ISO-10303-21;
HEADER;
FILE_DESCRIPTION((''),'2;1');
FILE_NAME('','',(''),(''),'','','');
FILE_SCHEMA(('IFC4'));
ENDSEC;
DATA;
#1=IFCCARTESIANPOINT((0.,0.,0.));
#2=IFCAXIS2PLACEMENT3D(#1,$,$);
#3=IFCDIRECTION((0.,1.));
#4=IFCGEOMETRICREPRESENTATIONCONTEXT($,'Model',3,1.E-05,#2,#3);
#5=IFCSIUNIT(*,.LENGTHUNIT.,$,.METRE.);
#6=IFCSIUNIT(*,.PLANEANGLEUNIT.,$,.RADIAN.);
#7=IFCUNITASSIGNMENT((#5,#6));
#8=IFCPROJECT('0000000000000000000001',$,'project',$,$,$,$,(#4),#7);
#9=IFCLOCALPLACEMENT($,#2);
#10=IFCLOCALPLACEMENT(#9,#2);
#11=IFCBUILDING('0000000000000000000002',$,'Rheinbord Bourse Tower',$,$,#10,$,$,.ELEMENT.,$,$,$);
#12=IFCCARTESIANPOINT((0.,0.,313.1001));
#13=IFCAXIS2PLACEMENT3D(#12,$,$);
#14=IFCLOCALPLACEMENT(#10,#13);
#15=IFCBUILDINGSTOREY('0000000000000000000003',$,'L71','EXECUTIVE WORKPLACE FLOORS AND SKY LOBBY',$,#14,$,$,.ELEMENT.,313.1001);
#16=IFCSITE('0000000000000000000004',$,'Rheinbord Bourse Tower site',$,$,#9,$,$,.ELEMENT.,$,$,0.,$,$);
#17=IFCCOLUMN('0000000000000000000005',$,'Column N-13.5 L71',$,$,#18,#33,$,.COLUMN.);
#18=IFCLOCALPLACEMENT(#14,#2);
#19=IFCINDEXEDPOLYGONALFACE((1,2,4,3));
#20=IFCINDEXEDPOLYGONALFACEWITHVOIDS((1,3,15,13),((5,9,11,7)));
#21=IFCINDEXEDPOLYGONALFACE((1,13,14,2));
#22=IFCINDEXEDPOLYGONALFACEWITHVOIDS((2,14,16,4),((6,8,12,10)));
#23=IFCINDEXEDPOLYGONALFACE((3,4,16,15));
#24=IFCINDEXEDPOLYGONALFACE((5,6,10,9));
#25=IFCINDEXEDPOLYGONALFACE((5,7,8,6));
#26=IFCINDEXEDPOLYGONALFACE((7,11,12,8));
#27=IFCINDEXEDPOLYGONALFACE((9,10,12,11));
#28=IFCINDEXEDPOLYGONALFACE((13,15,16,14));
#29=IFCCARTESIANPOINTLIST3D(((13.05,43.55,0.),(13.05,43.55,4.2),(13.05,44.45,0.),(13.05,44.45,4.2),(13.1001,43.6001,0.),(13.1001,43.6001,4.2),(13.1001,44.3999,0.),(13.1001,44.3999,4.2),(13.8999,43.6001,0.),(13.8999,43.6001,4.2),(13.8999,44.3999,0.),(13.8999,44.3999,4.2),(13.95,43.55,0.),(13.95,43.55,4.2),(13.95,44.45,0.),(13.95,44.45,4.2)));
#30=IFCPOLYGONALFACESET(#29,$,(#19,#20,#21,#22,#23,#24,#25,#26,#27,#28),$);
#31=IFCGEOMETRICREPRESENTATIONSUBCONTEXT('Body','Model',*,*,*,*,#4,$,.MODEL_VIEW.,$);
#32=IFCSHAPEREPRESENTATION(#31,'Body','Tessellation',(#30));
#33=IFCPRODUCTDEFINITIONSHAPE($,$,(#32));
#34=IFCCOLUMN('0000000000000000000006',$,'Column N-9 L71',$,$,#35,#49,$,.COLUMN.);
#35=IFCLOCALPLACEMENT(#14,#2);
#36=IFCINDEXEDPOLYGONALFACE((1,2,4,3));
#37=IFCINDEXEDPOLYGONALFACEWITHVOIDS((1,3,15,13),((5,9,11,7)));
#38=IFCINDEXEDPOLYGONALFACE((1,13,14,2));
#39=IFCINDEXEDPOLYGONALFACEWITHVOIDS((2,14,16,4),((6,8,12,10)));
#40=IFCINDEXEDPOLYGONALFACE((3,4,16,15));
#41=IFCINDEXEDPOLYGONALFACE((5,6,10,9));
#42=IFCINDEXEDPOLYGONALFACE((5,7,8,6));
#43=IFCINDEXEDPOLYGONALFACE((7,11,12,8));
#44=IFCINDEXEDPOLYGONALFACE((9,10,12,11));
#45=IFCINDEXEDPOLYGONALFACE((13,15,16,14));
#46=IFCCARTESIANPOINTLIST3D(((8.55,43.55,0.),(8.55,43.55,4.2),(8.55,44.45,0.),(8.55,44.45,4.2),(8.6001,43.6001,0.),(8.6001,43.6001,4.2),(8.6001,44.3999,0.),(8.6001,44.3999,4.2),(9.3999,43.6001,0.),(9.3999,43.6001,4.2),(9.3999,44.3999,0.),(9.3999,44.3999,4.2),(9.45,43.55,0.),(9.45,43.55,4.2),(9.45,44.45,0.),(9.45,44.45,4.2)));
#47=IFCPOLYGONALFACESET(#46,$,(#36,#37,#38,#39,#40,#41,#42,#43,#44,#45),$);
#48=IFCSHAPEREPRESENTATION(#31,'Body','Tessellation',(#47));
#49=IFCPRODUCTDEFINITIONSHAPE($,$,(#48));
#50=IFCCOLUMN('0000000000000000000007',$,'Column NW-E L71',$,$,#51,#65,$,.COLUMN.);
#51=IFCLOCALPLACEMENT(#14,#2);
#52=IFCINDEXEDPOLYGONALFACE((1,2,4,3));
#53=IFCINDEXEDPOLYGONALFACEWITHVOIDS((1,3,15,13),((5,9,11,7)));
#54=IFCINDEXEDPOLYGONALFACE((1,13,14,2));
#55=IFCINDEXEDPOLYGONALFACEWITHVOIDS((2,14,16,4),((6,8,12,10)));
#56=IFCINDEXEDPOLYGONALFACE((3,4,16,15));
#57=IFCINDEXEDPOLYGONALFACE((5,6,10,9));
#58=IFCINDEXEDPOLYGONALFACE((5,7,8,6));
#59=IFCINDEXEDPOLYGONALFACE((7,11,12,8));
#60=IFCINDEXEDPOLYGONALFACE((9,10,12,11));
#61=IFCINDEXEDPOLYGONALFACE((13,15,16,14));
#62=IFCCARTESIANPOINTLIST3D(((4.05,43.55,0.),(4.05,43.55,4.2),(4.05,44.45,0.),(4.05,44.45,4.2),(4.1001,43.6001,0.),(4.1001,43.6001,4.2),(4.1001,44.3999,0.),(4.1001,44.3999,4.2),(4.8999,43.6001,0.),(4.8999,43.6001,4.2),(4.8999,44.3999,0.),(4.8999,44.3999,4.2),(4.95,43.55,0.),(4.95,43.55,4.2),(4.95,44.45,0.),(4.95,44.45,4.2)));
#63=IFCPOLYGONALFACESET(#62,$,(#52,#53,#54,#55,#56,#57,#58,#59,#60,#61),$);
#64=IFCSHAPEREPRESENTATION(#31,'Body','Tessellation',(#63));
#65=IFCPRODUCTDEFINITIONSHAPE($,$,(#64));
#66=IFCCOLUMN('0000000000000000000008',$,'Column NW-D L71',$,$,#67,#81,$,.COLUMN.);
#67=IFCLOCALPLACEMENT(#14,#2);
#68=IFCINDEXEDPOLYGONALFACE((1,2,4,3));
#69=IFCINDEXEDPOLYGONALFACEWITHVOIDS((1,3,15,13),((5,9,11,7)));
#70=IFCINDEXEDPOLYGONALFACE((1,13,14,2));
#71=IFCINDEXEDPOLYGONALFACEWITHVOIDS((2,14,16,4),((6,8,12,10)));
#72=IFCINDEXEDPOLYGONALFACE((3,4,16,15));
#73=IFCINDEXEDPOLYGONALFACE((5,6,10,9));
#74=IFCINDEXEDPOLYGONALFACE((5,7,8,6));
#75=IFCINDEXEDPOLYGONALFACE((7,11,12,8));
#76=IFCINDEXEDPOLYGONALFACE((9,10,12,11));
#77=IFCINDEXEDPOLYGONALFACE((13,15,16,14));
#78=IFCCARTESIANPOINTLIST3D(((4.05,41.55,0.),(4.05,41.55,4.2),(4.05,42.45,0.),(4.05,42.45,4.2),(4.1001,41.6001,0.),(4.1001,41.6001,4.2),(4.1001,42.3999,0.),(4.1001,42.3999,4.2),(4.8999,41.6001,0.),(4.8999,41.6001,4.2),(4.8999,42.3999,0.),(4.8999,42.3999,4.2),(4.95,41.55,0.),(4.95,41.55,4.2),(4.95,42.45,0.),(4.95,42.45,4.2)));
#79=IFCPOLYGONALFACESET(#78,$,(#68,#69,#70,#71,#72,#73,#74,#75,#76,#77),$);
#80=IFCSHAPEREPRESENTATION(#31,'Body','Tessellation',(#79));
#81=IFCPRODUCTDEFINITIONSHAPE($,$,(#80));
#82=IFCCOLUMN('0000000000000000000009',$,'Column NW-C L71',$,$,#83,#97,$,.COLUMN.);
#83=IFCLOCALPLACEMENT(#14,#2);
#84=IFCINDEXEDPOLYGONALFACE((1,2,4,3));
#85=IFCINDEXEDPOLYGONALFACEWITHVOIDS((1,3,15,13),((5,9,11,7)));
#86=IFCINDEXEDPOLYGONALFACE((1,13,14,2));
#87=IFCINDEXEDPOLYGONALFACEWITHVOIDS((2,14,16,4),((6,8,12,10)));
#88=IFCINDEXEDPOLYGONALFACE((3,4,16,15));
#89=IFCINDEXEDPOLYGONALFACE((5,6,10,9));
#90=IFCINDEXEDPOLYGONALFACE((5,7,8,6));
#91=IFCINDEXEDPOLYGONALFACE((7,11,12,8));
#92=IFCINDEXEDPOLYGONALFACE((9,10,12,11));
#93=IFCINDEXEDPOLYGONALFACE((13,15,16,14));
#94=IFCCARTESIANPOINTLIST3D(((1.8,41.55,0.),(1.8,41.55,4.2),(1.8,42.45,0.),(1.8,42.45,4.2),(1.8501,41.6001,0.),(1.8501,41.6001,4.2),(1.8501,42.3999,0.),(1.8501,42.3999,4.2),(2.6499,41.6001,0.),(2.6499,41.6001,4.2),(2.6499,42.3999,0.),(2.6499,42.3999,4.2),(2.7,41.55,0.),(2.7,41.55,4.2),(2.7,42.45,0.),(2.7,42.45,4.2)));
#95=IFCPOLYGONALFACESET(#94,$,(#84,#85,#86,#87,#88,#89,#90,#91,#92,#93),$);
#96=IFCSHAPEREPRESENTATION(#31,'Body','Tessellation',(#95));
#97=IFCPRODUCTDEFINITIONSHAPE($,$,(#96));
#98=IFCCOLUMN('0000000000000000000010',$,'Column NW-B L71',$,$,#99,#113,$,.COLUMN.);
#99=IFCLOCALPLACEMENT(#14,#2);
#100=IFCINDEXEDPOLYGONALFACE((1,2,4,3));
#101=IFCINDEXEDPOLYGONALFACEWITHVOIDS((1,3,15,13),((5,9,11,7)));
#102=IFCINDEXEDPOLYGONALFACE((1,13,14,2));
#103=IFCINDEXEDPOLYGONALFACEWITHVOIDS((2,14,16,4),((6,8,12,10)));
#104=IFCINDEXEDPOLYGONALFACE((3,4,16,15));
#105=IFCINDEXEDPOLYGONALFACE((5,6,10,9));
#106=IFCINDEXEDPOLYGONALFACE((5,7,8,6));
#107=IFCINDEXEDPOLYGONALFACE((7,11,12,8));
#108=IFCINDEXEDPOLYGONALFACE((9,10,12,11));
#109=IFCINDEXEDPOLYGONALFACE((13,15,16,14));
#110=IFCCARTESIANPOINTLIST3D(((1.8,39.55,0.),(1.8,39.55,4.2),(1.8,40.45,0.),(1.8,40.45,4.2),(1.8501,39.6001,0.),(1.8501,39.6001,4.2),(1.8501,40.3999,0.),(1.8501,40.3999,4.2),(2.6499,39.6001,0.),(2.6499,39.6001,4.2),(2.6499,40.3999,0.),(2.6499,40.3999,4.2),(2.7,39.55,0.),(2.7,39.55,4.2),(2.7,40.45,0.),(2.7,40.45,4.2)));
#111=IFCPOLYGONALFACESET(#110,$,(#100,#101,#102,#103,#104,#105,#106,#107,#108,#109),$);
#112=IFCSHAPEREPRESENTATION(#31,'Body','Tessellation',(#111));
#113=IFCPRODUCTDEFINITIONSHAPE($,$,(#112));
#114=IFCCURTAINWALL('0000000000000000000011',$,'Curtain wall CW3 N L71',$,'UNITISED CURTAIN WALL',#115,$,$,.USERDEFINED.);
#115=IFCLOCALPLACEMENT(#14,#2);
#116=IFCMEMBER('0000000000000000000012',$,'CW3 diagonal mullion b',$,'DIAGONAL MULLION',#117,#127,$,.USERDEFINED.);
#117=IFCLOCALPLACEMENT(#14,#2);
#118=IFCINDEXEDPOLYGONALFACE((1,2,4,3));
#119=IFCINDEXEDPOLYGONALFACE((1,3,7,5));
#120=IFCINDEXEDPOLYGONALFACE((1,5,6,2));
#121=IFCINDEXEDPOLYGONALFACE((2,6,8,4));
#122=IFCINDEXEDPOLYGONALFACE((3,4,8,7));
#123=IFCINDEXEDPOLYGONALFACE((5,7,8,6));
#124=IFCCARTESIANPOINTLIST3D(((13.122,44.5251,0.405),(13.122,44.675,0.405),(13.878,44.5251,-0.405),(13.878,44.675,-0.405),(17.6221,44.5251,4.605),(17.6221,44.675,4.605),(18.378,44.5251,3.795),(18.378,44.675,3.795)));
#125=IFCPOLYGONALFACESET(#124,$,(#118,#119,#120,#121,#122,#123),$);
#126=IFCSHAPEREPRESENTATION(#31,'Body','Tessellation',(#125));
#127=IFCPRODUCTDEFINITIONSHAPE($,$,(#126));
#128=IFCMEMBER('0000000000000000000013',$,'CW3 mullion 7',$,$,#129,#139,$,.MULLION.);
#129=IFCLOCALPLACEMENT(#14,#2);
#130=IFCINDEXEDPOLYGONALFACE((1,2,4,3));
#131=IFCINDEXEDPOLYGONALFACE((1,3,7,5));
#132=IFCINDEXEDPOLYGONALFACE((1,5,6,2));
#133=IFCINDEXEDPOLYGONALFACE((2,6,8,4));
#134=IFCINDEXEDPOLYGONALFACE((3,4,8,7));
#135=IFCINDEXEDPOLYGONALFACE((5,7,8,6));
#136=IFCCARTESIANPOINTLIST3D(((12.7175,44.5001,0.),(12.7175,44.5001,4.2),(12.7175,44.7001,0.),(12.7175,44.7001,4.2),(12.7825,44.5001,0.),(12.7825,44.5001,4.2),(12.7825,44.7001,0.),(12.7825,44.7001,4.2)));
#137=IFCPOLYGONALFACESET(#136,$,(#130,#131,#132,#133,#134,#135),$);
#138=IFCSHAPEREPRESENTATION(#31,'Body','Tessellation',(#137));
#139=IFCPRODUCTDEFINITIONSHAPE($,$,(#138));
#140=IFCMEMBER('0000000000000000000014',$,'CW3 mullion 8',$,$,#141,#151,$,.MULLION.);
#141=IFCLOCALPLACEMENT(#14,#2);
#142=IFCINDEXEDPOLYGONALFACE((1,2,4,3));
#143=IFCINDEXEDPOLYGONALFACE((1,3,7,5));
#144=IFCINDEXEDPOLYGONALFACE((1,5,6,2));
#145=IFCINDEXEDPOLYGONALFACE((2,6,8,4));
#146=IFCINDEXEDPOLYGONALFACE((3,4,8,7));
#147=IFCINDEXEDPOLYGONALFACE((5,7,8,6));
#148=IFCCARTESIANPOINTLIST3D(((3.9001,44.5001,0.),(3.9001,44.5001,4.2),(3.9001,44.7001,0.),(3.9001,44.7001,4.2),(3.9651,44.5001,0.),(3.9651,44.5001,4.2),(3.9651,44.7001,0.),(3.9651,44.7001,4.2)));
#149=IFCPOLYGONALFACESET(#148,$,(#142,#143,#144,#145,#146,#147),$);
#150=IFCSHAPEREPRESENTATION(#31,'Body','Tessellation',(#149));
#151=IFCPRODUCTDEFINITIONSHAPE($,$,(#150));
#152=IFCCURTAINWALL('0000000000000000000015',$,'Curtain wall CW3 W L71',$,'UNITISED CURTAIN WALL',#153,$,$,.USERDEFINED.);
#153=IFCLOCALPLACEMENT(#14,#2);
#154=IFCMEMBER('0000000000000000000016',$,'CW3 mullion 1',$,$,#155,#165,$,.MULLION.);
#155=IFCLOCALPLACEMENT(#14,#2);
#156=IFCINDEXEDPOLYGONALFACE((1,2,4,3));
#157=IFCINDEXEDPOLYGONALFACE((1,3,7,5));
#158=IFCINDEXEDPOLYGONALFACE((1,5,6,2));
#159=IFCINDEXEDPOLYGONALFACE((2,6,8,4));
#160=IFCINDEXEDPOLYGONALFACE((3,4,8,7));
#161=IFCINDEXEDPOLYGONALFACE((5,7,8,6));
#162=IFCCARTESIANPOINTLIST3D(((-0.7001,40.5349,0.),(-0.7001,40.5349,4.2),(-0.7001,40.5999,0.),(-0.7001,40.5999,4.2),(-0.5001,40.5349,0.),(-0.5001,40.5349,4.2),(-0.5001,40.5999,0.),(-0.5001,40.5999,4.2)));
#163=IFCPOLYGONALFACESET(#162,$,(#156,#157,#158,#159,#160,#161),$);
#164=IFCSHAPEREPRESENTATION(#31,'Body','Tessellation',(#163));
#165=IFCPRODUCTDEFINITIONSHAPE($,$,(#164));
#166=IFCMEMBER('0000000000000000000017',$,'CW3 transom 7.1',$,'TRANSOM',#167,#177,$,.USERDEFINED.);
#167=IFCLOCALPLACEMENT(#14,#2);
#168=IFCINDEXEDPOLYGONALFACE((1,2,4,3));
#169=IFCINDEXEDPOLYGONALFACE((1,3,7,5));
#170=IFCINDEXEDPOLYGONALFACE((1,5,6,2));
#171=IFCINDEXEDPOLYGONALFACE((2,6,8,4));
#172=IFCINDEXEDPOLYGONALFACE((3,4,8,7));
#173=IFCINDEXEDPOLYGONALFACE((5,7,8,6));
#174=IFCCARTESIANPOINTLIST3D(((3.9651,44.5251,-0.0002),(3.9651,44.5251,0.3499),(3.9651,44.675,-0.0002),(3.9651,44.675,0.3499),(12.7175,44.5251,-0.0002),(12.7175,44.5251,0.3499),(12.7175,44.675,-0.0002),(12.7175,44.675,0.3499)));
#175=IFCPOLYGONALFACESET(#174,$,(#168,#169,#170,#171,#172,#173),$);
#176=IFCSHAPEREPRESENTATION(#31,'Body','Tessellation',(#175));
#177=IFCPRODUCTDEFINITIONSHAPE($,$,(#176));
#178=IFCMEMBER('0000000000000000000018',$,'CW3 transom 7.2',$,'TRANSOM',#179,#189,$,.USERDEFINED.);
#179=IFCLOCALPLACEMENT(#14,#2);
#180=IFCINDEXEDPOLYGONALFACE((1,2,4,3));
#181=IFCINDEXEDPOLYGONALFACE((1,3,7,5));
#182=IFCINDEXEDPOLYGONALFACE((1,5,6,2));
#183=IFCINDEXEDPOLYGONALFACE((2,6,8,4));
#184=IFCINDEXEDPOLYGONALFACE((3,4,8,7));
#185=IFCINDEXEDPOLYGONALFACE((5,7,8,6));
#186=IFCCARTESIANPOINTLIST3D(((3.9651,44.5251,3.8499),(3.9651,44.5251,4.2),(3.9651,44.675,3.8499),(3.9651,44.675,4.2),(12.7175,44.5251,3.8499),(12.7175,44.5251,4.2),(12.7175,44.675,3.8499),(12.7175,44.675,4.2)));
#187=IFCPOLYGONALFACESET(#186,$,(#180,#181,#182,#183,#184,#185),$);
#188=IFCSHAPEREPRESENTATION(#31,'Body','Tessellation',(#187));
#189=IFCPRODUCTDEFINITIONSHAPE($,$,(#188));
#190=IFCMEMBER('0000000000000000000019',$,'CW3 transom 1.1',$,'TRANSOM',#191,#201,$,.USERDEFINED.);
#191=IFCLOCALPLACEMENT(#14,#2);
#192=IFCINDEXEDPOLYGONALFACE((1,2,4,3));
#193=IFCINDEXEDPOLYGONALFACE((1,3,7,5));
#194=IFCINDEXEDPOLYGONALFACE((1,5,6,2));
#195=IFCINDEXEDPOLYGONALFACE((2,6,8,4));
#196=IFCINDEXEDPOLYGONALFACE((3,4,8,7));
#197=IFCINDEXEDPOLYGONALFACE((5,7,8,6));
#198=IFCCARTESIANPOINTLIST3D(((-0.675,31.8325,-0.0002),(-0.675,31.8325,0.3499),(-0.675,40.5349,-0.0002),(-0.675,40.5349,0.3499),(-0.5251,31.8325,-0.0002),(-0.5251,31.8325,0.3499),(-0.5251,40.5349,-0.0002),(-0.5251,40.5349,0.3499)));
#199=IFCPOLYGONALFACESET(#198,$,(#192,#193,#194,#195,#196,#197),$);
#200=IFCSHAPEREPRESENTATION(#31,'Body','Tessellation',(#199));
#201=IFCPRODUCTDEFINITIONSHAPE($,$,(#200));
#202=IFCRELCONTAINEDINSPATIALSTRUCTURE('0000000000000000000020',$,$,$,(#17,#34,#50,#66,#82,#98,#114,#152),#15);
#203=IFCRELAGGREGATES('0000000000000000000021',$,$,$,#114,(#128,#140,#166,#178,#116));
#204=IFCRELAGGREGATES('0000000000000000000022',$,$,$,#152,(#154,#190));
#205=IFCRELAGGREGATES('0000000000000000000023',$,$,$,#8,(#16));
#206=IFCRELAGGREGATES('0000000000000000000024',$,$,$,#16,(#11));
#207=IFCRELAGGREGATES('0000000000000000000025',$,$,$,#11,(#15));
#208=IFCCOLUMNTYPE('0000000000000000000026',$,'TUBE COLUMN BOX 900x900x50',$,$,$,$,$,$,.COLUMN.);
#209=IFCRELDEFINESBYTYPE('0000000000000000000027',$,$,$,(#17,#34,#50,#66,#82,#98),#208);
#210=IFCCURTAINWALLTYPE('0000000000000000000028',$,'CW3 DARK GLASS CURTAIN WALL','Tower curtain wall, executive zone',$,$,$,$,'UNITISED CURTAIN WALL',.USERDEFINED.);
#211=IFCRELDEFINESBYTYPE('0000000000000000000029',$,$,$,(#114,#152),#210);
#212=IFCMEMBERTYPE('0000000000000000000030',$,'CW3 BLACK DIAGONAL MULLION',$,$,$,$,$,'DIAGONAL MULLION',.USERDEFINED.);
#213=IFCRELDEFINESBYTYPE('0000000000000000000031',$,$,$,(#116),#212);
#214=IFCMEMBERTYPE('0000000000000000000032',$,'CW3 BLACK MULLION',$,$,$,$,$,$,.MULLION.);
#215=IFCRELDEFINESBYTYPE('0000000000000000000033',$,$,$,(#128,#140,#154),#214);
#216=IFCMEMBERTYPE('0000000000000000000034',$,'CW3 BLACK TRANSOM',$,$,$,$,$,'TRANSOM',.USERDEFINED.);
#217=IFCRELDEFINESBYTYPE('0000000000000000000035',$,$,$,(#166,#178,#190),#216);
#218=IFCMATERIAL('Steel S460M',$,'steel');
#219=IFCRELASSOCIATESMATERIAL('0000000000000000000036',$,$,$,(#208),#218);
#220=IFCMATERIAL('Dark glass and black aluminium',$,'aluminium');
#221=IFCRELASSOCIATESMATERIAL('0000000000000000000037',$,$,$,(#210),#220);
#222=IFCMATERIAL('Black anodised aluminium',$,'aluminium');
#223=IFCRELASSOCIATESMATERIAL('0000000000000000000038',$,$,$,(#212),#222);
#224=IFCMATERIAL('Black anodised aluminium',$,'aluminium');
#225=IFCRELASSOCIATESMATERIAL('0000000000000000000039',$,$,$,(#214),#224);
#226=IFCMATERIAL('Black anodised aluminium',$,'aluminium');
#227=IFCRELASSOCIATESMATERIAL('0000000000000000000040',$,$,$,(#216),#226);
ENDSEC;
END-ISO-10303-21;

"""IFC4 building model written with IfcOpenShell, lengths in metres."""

from ifc_helpers import new_model, si_unit, direction, frame, origin, origin_2d, place, context, subcontext, project, spatial, rectangle, hollow_rectangle, extrude, material, material_profile, profile_set, type_object, element, aggregate, save


model = new_model("IFC4")

# Units and contexts
model_context = context("Model", 3, precision=1e-05, world=origin(), true_north=direction((0.0, 1.0)))
body_context = subcontext(model_context, "Body", "Model", "MODEL_VIEW")
ifc_project = project(units=[si_unit("LENGTHUNIT", "METRE"), si_unit("PLANEANGLEUNIT", "RADIAN")], contexts=[model_context])

# Site, building, storey
site_placement = place(None, origin())
site = spatial("IfcSite", under=ifc_project, at=site_placement, Name="Rheinbord Bourse Tower site", CompositionType="ELEMENT", RefElevation=0.0)
building_placement = place(site_placement, origin())
building = spatial("IfcBuilding", under=site, at=building_placement, Name="Rheinbord Bourse Tower", CompositionType="ELEMENT")
storey_placement = place(building_placement, frame((0.0, 0.0, 313.1001)))
storey = spatial("IfcBuildingStorey", under=building, at=storey_placement, Name="L71", Description="EXECUTIVE WORKPLACE FLOORS AND SKY LOBBY", CompositionType="ELEMENT", Elevation=313.1001)

# Columns
ifc_material_1 = material(Name="Steel S460M", Category="steel")
ifc_material_profile_1 = material_profile(ifc_material_1, hollow_rectangle(XDim=0.8999, YDim=0.8999, WallThickness=0.05, at=origin_2d()), Name="BOX 900x900x50")
ifc_profile_set_1 = profile_set([ifc_material_profile_1], Name="Steel S460M")
column_type = type_object("IfcColumnType", Name="TUBE COLUMN BOX 900x900x50", PredefinedType="COLUMN", material=ifc_profile_set_1)
for number, where, z_axis, x_axis, name in (
    (1, (13.5, 44.0, 0.0), (0.0, 0.0, 1.0), (0.0, 1.0, 0.0), "Column N-13.5 L71"),
    (2, (9.0, 44.0, 0.0), (0.0, 0.0, 1.0), (0.0, 1.0, 0.0), "Column N-9 L71"),
    (3, (4.5, 44.0, 0.0), (0.0, 0.0, 1.0), (0.0, 1.0, 0.0), "Column NW-E L71"),
    (4, (4.5, 42.0, 0.0), (0.0, 0.0, 1.0), (0.0, 1.0, 0.0), "Column NW-D L71"),
    (5, (2.25, 42.0, 0.0), (0.0, 0.0, 1.0), (1.0, 0.0, 0.0), "Column NW-C L71"),
    (6, (2.25, 40.0, 0.0), (0.0, 0.0, 1.0), (1.0, 0.0, 0.0), "Column NW-B L71"),
):
    element("IfcColumn", number, at=place(storey_placement, frame(where, z_axis=z_axis, x_axis=x_axis)), inside=storey, type_object=column_type, Name=name, PredefinedType="COLUMN", context=body_context, shape_type="SweptSolid", body=[
        extrude(hollow_rectangle(XDim=0.8999, YDim=0.8999, WallThickness=0.05, at=origin_2d()), origin(), (0.0, 0.0, 1.0), 4.2),
    ])

# Curtain wall, members
ifc_material_2 = material(Name="Dark glass and black aluminium", Category="aluminium")
curtain_wall_type = type_object("IfcCurtainWallType", Name="CW3 DARK GLASS CURTAIN WALL", Description="Tower curtain wall, executive zone", ElementType="UNITISED CURTAIN WALL", PredefinedType="USERDEFINED", material=ifc_material_2)
curtain_wall_1_placement = place(storey_placement, origin())
curtain_wall_1 = element("IfcCurtainWall", 7, at=curtain_wall_1_placement, inside=storey, type_object=curtain_wall_type, Name="Curtain wall CW3 N L71", ObjectType="UNITISED CURTAIN WALL", PredefinedType="USERDEFINED")
ifc_material_3 = material(Name="Black anodised aluminium", Category="aluminium")
ifc_material_profile_2 = material_profile(ifc_material_3, rectangle(XDim=0.1499, YDim=1.1079, at=origin_2d()), Name="CW3 DIAGONAL MULLION 1108x150")
ifc_profile_set_2 = profile_set([ifc_material_profile_2], Name="Black anodised aluminium")
member_type_1 = type_object("IfcMemberType", Name="CW3 BLACK DIAGONAL MULLION", ElementType="DIAGONAL MULLION", PredefinedType="USERDEFINED", material=ifc_profile_set_2)
member_1_placement = place(storey_placement, frame((13.5, 44.6001, 0.0), z_axis=(0.731059, 0.0, 0.682314), x_axis=(0.0, 1.0, 0.0)))
member_1 = element("IfcMember", 8, at=member_1_placement, type_object=member_type_1, Name="CW3 diagonal mullion b", ObjectType="DIAGONAL MULLION", PredefinedType="USERDEFINED", context=body_context, shape_type="SweptSolid", body=[
    extrude(rectangle(XDim=0.1499, YDim=1.1079, at=origin_2d()), origin(), (0.0, 0.0, 1.0), 6.1555),
])
ifc_material_4 = material(Name="Black anodised aluminium", Category="aluminium")
ifc_material_profile_3 = material_profile(ifc_material_4, rectangle(XDim=0.2, YDim=0.0649, at=origin_2d()), Name="CW3 MULLION 65x200")
ifc_profile_set_3 = profile_set([ifc_material_profile_3], Name="Black anodised aluminium")
member_type_2 = type_object("IfcMemberType", Name="CW3 BLACK MULLION", PredefinedType="MULLION", material=ifc_profile_set_3)
member_2_placement = place(storey_placement, frame((12.75, 44.6001, 0.0), z_axis=(0.0, 0.0, 1.0), x_axis=(0.0, -1.0, 0.0)))
member_2 = element("IfcMember", 9, at=member_2_placement, type_object=member_type_2, Name="CW3 mullion 7", PredefinedType="MULLION", context=body_context, shape_type="SweptSolid", body=[
    extrude(rectangle(XDim=0.2, YDim=0.0649, at=origin_2d()), origin(), (0.0, 0.0, 1.0), 4.2),
])
member_3_placement = place(storey_placement, frame((3.9326, 44.6001, 0.0), z_axis=(0.0, 0.0, 1.0), x_axis=(0.0, -1.0, 0.0)))
member_3 = element("IfcMember", 10, at=member_3_placement, type_object=member_type_2, Name="CW3 mullion 8", PredefinedType="MULLION", context=body_context, shape_type="SweptSolid", body=[
    extrude(rectangle(XDim=0.2, YDim=0.0649, at=origin_2d()), origin(), (0.0, 0.0, 1.0), 4.2),
])

# Curtain wall, member
curtain_wall_2_placement = place(storey_placement, origin())
curtain_wall_2 = element("IfcCurtainWall", 11, at=curtain_wall_2_placement, inside=storey, type_object=curtain_wall_type, Name="Curtain wall CW3 W L71", ObjectType="UNITISED CURTAIN WALL", PredefinedType="USERDEFINED")
member_4_placement = place(storey_placement, frame((-0.6001, 40.5674, 0.0), z_axis=(0.0, 0.0, 1.0), x_axis=(1.0, 0.0, 0.0)))
member_4 = element("IfcMember", 12, at=member_4_placement, type_object=member_type_2, Name="CW3 mullion 1", PredefinedType="MULLION", context=body_context, shape_type="SweptSolid", body=[
    extrude(rectangle(XDim=0.2, YDim=0.0649, at=origin_2d()), origin(), (0.0, 0.0, 1.0), 4.2),
])

# Members
ifc_material_5 = material(Name="Black anodised aluminium", Category="aluminium")
ifc_material_profile_4 = material_profile(ifc_material_5, rectangle(XDim=0.1499, YDim=0.3501, at=origin_2d()), Name="CW3 TRANSOM 350x150")
ifc_profile_set_4 = profile_set([ifc_material_profile_4], Name="Black anodised aluminium")
member_type_3 = type_object("IfcMemberType", Name="CW3 BLACK TRANSOM", ElementType="TRANSOM", PredefinedType="USERDEFINED", material=ifc_profile_set_4)
member_5_placement = place(storey_placement, frame((12.7175, 44.6001, 0.1748), z_axis=(-1.0, 0.0, 0.0), x_axis=(0.0, -1.0, 0.0)))
member_5 = element("IfcMember", 13, at=member_5_placement, type_object=member_type_3, Name="CW3 transom 7.1", ObjectType="TRANSOM", PredefinedType="USERDEFINED", context=body_context, shape_type="SweptSolid", body=[
    extrude(rectangle(XDim=0.1499, YDim=0.3501, at=origin_2d()), origin(), (0.0, 0.0, 1.0), 8.7524),
])
member_6_placement = place(storey_placement, frame((12.7175, 44.6001, 4.0249), z_axis=(-1.0, 0.0, 0.0), x_axis=(0.0, -1.0, 0.0)))
member_6 = element("IfcMember", 14, at=member_6_placement, type_object=member_type_3, Name="CW3 transom 7.2", ObjectType="TRANSOM", PredefinedType="USERDEFINED", context=body_context, shape_type="SweptSolid", body=[
    extrude(rectangle(XDim=0.1499, YDim=0.3501, at=origin_2d()), origin(), (0.0, 0.0, 1.0), 8.7524),
])
member_7_placement = place(storey_placement, frame((-0.6001, 40.5349, 0.1748), z_axis=(0.0, -1.0, 0.0), x_axis=(1.0, 0.0, 0.0)))
member_7 = element("IfcMember", 15, at=member_7_placement, type_object=member_type_3, Name="CW3 transom 1.1", ObjectType="TRANSOM", PredefinedType="USERDEFINED", context=body_context, shape_type="SweptSolid", body=[
    extrude(rectangle(XDim=0.1499, YDim=0.3501, at=origin_2d()), origin(), (0.0, 0.0, 1.0), 8.7024),
])

aggregate(curtain_wall_1, [member_2, member_3, member_5, member_6, member_1])
aggregate(curtain_wall_2, [member_4, member_7])

save(model, "model.ifc")
